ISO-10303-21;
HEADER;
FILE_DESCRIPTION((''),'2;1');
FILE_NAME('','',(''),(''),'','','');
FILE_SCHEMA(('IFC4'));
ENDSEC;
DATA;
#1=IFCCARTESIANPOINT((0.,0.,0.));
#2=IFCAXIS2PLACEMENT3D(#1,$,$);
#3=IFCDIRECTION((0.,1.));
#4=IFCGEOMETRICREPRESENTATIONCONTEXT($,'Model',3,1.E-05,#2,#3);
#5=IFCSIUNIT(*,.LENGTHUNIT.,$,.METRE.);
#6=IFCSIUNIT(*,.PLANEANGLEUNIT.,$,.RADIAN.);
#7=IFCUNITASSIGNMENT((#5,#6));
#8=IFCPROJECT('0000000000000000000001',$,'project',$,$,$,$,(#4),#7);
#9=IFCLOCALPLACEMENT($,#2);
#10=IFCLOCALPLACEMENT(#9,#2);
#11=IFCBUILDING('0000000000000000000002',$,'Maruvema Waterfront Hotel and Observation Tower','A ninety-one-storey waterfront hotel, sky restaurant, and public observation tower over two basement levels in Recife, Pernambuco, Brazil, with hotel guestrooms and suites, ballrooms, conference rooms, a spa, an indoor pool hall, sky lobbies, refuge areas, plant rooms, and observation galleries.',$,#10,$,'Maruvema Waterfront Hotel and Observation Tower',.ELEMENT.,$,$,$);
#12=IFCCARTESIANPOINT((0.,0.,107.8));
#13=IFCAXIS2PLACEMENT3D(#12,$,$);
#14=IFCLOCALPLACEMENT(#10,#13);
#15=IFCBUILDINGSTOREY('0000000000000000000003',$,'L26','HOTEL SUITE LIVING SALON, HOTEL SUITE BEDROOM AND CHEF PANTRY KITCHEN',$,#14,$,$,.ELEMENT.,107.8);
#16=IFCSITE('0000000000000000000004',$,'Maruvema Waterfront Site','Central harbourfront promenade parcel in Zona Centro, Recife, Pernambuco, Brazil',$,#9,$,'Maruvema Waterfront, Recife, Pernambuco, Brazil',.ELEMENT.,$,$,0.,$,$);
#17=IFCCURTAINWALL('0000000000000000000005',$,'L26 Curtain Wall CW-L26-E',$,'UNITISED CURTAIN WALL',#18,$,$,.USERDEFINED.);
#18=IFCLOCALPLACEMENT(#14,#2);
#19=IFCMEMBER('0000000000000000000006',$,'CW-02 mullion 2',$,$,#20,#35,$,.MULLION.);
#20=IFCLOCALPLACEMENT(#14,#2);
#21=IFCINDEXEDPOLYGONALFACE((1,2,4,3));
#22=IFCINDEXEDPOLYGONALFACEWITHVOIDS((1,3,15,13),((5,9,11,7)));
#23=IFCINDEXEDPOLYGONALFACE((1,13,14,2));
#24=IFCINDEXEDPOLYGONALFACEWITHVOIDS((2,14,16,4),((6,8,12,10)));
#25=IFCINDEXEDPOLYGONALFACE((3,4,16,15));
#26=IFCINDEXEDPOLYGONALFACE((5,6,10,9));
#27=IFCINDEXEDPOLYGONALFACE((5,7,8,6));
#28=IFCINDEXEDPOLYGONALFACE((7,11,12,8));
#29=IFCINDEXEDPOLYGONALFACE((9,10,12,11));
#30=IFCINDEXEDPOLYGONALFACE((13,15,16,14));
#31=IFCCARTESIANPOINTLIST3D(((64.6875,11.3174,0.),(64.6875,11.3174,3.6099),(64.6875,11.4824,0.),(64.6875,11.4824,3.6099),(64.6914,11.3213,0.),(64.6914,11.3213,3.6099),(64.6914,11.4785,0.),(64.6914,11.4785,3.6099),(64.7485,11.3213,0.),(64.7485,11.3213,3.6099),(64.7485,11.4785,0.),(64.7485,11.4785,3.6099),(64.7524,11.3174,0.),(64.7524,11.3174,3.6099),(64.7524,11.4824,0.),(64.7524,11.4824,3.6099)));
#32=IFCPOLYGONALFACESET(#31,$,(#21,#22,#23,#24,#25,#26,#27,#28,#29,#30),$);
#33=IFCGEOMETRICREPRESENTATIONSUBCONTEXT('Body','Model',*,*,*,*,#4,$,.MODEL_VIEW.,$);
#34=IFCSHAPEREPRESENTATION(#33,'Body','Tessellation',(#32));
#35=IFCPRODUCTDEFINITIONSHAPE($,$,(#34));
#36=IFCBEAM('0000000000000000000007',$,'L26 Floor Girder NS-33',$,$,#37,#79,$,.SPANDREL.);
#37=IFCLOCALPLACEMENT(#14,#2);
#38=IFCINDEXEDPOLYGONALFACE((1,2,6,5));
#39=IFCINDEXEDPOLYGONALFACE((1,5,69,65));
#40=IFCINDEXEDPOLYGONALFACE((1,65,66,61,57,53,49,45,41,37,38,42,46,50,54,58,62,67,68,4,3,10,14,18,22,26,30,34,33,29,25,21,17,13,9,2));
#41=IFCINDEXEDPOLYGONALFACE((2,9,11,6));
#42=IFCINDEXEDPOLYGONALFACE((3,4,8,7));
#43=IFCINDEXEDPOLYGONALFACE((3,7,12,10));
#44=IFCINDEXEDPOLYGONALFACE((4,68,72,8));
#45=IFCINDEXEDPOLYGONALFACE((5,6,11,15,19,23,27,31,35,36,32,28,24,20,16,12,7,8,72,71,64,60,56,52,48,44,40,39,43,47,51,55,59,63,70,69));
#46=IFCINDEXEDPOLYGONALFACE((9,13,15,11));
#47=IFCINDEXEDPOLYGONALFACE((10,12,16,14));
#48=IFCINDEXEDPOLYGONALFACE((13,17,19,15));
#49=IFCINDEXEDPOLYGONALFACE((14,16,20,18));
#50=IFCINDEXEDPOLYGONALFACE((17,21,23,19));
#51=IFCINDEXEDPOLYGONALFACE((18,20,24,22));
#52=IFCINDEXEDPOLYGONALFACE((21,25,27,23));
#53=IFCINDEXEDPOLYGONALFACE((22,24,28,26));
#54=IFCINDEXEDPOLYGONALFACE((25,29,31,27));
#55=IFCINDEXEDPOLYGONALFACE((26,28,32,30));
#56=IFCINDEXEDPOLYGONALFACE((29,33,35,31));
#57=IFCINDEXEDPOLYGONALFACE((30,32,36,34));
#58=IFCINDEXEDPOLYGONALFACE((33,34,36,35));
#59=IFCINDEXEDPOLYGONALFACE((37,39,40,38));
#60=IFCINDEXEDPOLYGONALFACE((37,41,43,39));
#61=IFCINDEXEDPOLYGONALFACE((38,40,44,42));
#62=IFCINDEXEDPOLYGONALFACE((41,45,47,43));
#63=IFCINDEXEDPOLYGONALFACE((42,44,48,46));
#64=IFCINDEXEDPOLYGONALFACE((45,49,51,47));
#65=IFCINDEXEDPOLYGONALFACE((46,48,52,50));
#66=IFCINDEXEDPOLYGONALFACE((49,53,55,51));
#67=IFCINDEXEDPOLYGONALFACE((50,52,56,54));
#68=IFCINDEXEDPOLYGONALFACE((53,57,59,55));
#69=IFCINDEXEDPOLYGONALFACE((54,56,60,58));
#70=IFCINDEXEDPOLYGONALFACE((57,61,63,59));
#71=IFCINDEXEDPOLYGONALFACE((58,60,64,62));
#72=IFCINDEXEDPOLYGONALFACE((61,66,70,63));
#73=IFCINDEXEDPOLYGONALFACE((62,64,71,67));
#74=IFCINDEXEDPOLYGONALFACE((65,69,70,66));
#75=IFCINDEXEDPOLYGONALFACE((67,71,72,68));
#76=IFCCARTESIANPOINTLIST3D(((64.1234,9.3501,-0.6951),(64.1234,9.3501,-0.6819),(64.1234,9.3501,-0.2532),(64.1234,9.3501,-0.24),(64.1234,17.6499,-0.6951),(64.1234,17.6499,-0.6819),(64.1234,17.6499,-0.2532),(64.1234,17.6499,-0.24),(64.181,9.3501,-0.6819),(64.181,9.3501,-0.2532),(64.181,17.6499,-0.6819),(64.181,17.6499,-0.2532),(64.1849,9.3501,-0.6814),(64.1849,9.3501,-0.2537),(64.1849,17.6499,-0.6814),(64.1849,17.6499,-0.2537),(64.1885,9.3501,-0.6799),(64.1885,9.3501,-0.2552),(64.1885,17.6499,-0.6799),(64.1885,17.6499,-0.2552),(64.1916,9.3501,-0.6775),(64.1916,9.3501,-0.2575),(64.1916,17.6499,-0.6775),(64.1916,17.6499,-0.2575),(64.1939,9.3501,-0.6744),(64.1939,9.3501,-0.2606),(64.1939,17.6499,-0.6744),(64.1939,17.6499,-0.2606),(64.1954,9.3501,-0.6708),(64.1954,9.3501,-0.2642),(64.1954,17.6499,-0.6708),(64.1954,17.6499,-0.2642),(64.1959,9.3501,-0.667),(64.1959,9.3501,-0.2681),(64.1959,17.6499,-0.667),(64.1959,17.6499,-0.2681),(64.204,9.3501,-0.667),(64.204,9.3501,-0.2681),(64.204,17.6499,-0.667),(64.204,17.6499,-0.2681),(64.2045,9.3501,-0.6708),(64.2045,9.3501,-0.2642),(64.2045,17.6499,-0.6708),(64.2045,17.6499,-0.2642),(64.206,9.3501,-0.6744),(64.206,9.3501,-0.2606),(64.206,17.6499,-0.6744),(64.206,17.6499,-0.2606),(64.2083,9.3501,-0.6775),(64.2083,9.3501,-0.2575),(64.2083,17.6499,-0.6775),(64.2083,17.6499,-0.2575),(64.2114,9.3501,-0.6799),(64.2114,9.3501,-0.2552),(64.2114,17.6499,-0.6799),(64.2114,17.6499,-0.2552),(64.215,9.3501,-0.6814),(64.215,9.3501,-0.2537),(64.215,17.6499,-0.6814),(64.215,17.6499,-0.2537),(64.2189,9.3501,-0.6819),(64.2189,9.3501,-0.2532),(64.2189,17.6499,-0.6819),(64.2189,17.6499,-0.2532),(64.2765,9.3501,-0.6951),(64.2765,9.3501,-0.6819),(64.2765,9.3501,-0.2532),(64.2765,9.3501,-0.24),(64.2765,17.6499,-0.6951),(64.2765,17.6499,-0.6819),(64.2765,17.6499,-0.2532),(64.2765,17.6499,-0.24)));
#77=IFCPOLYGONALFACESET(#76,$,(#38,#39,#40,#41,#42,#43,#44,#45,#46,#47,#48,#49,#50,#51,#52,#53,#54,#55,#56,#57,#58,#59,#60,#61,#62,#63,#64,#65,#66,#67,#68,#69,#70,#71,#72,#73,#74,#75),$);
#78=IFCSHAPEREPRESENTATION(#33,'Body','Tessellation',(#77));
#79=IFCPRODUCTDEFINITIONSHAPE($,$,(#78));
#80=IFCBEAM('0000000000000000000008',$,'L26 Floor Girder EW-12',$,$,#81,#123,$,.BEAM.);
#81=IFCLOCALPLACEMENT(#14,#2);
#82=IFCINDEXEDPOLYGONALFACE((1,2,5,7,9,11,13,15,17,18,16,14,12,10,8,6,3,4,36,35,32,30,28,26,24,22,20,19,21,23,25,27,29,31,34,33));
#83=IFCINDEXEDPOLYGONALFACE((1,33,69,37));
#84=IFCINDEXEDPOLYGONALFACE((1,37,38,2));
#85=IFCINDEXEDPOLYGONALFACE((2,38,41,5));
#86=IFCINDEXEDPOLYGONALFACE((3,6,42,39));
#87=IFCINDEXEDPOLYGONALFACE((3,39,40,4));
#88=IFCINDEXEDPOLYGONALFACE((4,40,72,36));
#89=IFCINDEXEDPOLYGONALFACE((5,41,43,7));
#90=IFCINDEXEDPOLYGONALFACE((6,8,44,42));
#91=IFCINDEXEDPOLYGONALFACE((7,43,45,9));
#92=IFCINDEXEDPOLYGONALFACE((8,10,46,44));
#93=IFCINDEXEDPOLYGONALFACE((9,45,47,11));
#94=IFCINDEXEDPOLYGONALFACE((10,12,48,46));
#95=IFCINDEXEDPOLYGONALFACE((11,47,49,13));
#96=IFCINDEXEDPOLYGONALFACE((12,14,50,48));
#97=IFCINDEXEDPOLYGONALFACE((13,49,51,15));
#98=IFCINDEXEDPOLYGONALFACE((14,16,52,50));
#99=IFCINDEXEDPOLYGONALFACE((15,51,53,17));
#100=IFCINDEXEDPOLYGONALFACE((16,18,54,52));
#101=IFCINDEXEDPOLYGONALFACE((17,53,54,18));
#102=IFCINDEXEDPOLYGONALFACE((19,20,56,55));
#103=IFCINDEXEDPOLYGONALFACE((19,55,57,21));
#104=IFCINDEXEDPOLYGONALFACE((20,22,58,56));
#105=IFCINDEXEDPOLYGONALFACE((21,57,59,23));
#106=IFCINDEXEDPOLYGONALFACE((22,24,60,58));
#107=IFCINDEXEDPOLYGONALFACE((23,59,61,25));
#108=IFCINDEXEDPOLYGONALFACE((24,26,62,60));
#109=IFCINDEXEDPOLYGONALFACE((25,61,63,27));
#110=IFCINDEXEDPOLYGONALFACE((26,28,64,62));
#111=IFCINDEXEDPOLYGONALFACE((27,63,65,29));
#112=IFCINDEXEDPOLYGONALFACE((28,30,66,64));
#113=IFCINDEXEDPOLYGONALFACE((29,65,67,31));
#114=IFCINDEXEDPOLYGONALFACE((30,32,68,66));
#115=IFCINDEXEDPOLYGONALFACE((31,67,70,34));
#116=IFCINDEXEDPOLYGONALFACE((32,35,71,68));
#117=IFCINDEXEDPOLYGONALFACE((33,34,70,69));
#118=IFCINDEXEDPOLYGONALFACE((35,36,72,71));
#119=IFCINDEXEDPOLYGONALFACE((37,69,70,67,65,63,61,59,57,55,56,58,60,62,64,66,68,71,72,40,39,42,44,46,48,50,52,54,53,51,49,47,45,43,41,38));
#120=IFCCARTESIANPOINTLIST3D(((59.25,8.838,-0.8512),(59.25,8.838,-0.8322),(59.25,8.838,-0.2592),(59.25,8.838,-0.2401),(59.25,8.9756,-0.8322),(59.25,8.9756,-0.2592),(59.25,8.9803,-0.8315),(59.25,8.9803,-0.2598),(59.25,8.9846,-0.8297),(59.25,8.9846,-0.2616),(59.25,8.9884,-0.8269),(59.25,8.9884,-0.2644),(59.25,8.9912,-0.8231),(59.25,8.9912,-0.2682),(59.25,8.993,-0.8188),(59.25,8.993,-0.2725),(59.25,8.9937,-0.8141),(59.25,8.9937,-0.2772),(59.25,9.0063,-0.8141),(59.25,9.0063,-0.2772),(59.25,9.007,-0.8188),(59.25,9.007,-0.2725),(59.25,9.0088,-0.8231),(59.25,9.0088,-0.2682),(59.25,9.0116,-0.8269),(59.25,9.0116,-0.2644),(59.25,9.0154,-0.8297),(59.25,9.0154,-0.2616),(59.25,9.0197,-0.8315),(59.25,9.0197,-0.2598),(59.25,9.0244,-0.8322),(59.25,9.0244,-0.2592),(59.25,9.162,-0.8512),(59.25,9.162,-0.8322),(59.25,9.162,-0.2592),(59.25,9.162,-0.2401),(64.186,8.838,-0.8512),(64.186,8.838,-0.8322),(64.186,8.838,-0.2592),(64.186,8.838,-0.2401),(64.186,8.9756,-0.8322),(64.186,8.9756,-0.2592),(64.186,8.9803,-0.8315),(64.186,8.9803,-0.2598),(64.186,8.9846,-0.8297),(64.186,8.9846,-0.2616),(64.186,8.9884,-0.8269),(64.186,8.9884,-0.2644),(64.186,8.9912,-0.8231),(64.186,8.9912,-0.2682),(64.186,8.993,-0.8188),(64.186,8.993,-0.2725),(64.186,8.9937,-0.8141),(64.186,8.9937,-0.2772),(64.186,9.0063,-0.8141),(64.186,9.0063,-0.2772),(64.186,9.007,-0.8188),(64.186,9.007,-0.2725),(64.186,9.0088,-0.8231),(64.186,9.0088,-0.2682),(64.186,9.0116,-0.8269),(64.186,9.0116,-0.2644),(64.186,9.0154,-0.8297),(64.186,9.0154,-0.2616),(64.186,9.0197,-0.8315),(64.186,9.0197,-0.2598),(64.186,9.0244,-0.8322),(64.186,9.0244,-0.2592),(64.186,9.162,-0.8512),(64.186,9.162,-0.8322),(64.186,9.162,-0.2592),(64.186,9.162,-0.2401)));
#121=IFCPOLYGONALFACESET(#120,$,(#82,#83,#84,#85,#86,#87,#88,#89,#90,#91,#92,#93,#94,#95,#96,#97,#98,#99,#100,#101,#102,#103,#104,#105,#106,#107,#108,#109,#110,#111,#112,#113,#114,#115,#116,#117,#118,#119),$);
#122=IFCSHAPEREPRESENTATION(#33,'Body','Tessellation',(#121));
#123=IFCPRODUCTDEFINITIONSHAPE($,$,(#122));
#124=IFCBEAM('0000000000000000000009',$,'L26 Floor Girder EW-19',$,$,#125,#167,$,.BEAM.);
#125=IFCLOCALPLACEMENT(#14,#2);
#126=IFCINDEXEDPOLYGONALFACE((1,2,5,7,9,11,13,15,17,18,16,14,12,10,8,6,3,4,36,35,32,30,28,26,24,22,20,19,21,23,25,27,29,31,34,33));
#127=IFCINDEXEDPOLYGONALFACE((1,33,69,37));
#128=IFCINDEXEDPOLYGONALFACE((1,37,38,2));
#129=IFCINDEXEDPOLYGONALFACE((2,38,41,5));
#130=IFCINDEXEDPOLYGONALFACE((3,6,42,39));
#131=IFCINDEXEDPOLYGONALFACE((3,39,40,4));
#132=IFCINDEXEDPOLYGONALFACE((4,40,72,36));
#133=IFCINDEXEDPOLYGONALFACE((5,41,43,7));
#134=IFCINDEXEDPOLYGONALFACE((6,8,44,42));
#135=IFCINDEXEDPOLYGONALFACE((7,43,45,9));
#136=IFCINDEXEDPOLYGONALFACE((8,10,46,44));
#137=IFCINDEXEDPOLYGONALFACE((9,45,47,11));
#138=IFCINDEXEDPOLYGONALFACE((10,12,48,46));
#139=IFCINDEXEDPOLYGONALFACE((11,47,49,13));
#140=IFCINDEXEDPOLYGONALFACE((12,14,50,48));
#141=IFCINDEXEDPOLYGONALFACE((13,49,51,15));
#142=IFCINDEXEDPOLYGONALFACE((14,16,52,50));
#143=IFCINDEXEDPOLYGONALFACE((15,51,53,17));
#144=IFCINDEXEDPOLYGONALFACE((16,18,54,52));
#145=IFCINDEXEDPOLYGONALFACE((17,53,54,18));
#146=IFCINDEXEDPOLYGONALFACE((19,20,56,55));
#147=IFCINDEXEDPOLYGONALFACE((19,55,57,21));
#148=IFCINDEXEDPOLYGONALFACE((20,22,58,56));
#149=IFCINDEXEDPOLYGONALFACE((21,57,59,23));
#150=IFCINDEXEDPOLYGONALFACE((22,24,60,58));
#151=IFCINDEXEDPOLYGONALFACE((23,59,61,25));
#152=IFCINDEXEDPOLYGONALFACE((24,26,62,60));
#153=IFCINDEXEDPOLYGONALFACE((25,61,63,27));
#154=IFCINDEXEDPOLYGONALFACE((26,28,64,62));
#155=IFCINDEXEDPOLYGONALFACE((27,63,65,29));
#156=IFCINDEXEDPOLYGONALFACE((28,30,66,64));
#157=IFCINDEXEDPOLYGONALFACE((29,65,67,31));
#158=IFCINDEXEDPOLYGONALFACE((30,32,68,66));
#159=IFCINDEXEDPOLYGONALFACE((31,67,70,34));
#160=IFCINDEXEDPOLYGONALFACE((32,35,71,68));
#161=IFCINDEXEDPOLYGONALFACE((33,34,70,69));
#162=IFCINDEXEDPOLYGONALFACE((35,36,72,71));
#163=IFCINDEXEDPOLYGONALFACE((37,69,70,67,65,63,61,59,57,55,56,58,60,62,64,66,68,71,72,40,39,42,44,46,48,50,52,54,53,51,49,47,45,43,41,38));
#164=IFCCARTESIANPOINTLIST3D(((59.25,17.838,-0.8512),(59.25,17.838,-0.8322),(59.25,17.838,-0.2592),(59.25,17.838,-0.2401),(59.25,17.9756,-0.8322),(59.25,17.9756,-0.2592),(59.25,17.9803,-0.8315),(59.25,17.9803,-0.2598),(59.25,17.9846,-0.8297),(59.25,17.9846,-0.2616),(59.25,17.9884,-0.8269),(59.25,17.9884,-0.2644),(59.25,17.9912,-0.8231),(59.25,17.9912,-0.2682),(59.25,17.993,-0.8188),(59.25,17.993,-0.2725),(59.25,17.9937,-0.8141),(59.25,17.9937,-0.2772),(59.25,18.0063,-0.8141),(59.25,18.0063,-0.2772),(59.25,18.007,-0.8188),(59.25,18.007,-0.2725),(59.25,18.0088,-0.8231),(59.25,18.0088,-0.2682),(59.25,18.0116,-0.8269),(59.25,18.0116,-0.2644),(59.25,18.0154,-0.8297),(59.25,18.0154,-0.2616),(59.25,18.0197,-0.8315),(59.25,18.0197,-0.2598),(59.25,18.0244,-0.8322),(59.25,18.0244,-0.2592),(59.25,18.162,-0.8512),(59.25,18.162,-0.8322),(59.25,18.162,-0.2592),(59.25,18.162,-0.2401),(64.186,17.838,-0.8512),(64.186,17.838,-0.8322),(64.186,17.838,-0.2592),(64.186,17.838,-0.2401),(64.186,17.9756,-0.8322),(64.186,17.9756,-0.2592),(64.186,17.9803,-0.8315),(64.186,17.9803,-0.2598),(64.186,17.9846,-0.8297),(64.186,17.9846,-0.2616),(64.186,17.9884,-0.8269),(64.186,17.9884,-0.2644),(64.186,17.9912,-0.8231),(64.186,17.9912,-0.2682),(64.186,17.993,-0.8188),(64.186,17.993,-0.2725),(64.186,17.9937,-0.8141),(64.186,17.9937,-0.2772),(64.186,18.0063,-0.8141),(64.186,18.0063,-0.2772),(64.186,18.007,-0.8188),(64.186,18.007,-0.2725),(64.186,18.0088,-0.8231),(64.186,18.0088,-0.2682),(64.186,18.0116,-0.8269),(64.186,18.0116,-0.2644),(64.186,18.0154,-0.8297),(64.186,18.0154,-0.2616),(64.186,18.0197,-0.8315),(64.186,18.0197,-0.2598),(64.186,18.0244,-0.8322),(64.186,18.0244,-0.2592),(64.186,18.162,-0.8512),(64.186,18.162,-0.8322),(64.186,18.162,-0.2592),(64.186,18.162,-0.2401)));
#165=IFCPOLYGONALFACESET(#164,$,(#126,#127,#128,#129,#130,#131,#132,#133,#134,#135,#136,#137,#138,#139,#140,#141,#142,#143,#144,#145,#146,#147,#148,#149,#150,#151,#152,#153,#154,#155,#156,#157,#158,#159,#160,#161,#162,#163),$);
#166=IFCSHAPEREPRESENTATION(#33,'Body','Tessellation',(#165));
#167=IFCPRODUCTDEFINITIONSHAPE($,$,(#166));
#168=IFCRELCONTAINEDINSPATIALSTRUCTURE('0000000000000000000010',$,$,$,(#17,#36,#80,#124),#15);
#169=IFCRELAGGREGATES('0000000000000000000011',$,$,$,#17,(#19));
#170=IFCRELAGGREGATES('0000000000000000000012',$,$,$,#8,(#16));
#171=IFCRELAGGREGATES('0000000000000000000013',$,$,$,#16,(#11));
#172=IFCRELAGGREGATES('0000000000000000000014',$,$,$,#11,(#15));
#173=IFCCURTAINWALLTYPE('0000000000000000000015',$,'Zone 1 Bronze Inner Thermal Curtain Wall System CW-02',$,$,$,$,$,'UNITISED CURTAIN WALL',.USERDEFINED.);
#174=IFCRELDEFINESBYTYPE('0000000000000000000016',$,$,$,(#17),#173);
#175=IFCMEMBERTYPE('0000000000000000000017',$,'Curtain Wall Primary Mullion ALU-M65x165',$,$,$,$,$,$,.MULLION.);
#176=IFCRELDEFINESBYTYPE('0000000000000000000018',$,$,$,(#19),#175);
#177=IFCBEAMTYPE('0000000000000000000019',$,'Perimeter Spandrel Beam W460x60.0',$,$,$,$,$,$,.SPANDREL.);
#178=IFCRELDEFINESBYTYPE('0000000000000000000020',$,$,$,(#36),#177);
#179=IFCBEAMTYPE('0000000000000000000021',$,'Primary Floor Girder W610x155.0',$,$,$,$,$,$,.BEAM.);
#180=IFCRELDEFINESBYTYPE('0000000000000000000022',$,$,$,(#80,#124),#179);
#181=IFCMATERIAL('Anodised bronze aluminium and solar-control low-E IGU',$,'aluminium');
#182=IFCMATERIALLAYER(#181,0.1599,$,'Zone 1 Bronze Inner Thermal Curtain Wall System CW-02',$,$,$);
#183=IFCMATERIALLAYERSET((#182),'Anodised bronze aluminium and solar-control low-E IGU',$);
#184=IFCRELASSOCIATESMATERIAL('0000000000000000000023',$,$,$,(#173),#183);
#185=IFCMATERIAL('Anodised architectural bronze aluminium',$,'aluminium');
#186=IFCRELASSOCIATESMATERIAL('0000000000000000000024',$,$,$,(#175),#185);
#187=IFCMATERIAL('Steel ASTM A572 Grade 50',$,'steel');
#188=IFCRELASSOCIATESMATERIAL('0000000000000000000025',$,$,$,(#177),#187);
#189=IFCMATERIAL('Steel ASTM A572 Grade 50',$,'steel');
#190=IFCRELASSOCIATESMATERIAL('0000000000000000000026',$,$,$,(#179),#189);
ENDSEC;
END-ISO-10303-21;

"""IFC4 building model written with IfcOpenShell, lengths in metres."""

from ifc_helpers import new_model, si_unit, direction, frame, origin, origin_2d, place, context, subcontext, project, spatial, hollow_rectangle, i_section, extrude, material, layer, layer_set, material_profile, profile_set, type_object, element, aggregate, save


model = new_model("IFC4")

# Units and contexts
model_context = context("Model", 3, precision=1e-05, world=origin(), true_north=direction((0.0, 1.0)))
body_context = subcontext(model_context, "Body", "Model", "MODEL_VIEW")
ifc_project = project(units=[si_unit("LENGTHUNIT", "METRE"), si_unit("PLANEANGLEUNIT", "RADIAN")], contexts=[model_context])

# Site, building, storey
site_placement = place(None, origin())
site = spatial("IfcSite", under=ifc_project, at=site_placement, Name="Maruvema Waterfront Site", Description="Central harbourfront promenade parcel in Zona Centro, Recife, Pernambuco, Brazil", LongName="Maruvema Waterfront, Recife, Pernambuco, Brazil", CompositionType="ELEMENT", RefElevation=0.0)
building_placement = place(site_placement, origin())
building = spatial("IfcBuilding", under=site, at=building_placement, Name="Maruvema Waterfront Hotel and Observation Tower", Description="A ninety-one-storey waterfront hotel, sky restaurant, and public observation tower over two basement levels in Recife, Pernambuco, Brazil, with hotel guestrooms and suites, ballrooms, conference rooms, a spa, an indoor pool hall, sky lobbies, refuge areas, plant rooms, and observation galleries.", LongName="Maruvema Waterfront Hotel and Observation Tower", CompositionType="ELEMENT")
storey_placement = place(building_placement, frame((0.0, 0.0, 107.8)))
storey = spatial("IfcBuildingStorey", under=building, at=storey_placement, Name="L26", Description="HOTEL SUITE LIVING SALON, HOTEL SUITE BEDROOM AND CHEF PANTRY KITCHEN", CompositionType="ELEMENT", Elevation=107.8)

# Curtain wall
ifc_material_1 = material(Name="Anodised bronze aluminium and solar-control low-E IGU", Category="aluminium")
ifc_layer_1 = layer(ifc_material_1, 0.1599, Name="Zone 1 Bronze Inner Thermal Curtain Wall System CW-02")
ifc_layer_set_1 = layer_set([ifc_layer_1], Name="Anodised bronze aluminium and solar-control low-E IGU")
curtain_wall_type = type_object("IfcCurtainWallType", Name="Zone 1 Bronze Inner Thermal Curtain Wall System CW-02", ElementType="UNITISED CURTAIN WALL", PredefinedType="USERDEFINED", material=ifc_layer_set_1)
curtain_wall_1_placement = place(storey_placement, origin())
curtain_wall_1 = element("IfcCurtainWall", 1, at=curtain_wall_1_placement, inside=storey, type_object=curtain_wall_type, Name="L26 Curtain Wall CW-L26-E", ObjectType="UNITISED CURTAIN WALL", PredefinedType="USERDEFINED")

# Shared definitions
ifc_material_2 = material(Name="Anodised architectural bronze aluminium", Category="aluminium")
ifc_material_profile_1 = material_profile(ifc_material_2, hollow_rectangle(XDim=0.0649, YDim=0.165, WallThickness=0.0039, at=origin_2d()), Name="ALU-M65x165")
ifc_profile_set_1 = profile_set([ifc_material_profile_1], Name="Anodised architectural bronze aluminium")
member_type_1 = type_object("IfcMemberType", Name="Curtain Wall Primary Mullion ALU-M65x165", PredefinedType="MULLION", material=ifc_profile_set_1)

# Member
member_1_placement = place(storey_placement, frame((64.72, 11.3999, 0.0), z_axis=(0.0, 0.0, 1.0), x_axis=(-1.0, 0.0, 0.0)))
member_1 = element("IfcMember", 2, at=member_1_placement, type_object=member_type_1, Name="CW-02 mullion 2", PredefinedType="MULLION", context=body_context, shape_type="SweptSolid", body=[
    extrude(hollow_rectangle(XDim=0.0649, YDim=0.165, WallThickness=0.0039, at=origin_2d()), origin(), (0.0, 0.0, 1.0), 3.6099),
])

# Beams
ifc_material_3 = material(Name="Steel ASTM A572 Grade 50", Category="steel")
ifc_material_profile_2 = material_profile(ifc_material_3, i_section(OverallWidth=0.1531, OverallDepth=0.4551, WebThickness=0.0081, FlangeThickness=0.0132, FilletRadius=0.0149, at=origin_2d()), Name="W460x60.0")
ifc_profile_set_2 = profile_set([ifc_material_profile_2], Name="Steel ASTM A572 Grade 50")
beam_type_1 = type_object("IfcBeamType", Name="Perimeter Spandrel Beam W460x60.0", PredefinedType="SPANDREL", material=ifc_profile_set_2)
beam_1_placement = place(storey_placement, frame((64.2, 9.3501, -0.4675), z_axis=(0.0, 1.0, 0.0), x_axis=(-1.0, 0.0, 0.0)))
element("IfcBeam", 3, at=beam_1_placement, inside=storey, type_object=beam_type_1, Name="L26 Floor Girder NS-33", PredefinedType="SPANDREL", context=body_context, shape_type="SweptSolid", body=[
    extrude(i_section(OverallWidth=0.1531, OverallDepth=0.4551, WebThickness=0.0081, FlangeThickness=0.0132, FilletRadius=0.0149, at=origin_2d()), origin(), (0.0, 0.0, 1.0), 8.2998),
])
ifc_material_4 = material(Name="Steel ASTM A572 Grade 50", Category="steel")
ifc_material_profile_3 = material_profile(ifc_material_4, i_section(OverallWidth=0.324, OverallDepth=0.6111, WebThickness=0.0127, FlangeThickness=0.019, FilletRadius=0.0181, at=origin_2d()), Name="W610x155.0")
ifc_profile_set_3 = profile_set([ifc_material_profile_3], Name="Steel ASTM A572 Grade 50")
beam_type_2 = type_object("IfcBeamType", Name="Primary Floor Girder W610x155.0", PredefinedType="BEAM", material=ifc_profile_set_3)
for number, where, z_axis, x_axis, name in (
    (4, (59.25, 9.0, -0.5457), (1.0, 0.0, 0.0), (0.0, 1.0, 0.0), "L26 Floor Girder EW-12"),
    (5, (59.25, 18.0, -0.5457), (1.0, 0.0, 0.0), (0.0, 1.0, 0.0), "L26 Floor Girder EW-19"),
):
    element("IfcBeam", number, at=place(storey_placement, frame(where, z_axis=z_axis, x_axis=x_axis)), inside=storey, type_object=beam_type_2, Name=name, PredefinedType="BEAM", context=body_context, shape_type="SweptSolid", body=[
        extrude(i_section(OverallWidth=0.324, OverallDepth=0.6111, WebThickness=0.0127, FlangeThickness=0.019, FilletRadius=0.0181, at=origin_2d()), origin(), (0.0, 0.0, 1.0), 4.936),
    ])

aggregate(curtain_wall_1, [member_1])

save(model, "model.ifc")
